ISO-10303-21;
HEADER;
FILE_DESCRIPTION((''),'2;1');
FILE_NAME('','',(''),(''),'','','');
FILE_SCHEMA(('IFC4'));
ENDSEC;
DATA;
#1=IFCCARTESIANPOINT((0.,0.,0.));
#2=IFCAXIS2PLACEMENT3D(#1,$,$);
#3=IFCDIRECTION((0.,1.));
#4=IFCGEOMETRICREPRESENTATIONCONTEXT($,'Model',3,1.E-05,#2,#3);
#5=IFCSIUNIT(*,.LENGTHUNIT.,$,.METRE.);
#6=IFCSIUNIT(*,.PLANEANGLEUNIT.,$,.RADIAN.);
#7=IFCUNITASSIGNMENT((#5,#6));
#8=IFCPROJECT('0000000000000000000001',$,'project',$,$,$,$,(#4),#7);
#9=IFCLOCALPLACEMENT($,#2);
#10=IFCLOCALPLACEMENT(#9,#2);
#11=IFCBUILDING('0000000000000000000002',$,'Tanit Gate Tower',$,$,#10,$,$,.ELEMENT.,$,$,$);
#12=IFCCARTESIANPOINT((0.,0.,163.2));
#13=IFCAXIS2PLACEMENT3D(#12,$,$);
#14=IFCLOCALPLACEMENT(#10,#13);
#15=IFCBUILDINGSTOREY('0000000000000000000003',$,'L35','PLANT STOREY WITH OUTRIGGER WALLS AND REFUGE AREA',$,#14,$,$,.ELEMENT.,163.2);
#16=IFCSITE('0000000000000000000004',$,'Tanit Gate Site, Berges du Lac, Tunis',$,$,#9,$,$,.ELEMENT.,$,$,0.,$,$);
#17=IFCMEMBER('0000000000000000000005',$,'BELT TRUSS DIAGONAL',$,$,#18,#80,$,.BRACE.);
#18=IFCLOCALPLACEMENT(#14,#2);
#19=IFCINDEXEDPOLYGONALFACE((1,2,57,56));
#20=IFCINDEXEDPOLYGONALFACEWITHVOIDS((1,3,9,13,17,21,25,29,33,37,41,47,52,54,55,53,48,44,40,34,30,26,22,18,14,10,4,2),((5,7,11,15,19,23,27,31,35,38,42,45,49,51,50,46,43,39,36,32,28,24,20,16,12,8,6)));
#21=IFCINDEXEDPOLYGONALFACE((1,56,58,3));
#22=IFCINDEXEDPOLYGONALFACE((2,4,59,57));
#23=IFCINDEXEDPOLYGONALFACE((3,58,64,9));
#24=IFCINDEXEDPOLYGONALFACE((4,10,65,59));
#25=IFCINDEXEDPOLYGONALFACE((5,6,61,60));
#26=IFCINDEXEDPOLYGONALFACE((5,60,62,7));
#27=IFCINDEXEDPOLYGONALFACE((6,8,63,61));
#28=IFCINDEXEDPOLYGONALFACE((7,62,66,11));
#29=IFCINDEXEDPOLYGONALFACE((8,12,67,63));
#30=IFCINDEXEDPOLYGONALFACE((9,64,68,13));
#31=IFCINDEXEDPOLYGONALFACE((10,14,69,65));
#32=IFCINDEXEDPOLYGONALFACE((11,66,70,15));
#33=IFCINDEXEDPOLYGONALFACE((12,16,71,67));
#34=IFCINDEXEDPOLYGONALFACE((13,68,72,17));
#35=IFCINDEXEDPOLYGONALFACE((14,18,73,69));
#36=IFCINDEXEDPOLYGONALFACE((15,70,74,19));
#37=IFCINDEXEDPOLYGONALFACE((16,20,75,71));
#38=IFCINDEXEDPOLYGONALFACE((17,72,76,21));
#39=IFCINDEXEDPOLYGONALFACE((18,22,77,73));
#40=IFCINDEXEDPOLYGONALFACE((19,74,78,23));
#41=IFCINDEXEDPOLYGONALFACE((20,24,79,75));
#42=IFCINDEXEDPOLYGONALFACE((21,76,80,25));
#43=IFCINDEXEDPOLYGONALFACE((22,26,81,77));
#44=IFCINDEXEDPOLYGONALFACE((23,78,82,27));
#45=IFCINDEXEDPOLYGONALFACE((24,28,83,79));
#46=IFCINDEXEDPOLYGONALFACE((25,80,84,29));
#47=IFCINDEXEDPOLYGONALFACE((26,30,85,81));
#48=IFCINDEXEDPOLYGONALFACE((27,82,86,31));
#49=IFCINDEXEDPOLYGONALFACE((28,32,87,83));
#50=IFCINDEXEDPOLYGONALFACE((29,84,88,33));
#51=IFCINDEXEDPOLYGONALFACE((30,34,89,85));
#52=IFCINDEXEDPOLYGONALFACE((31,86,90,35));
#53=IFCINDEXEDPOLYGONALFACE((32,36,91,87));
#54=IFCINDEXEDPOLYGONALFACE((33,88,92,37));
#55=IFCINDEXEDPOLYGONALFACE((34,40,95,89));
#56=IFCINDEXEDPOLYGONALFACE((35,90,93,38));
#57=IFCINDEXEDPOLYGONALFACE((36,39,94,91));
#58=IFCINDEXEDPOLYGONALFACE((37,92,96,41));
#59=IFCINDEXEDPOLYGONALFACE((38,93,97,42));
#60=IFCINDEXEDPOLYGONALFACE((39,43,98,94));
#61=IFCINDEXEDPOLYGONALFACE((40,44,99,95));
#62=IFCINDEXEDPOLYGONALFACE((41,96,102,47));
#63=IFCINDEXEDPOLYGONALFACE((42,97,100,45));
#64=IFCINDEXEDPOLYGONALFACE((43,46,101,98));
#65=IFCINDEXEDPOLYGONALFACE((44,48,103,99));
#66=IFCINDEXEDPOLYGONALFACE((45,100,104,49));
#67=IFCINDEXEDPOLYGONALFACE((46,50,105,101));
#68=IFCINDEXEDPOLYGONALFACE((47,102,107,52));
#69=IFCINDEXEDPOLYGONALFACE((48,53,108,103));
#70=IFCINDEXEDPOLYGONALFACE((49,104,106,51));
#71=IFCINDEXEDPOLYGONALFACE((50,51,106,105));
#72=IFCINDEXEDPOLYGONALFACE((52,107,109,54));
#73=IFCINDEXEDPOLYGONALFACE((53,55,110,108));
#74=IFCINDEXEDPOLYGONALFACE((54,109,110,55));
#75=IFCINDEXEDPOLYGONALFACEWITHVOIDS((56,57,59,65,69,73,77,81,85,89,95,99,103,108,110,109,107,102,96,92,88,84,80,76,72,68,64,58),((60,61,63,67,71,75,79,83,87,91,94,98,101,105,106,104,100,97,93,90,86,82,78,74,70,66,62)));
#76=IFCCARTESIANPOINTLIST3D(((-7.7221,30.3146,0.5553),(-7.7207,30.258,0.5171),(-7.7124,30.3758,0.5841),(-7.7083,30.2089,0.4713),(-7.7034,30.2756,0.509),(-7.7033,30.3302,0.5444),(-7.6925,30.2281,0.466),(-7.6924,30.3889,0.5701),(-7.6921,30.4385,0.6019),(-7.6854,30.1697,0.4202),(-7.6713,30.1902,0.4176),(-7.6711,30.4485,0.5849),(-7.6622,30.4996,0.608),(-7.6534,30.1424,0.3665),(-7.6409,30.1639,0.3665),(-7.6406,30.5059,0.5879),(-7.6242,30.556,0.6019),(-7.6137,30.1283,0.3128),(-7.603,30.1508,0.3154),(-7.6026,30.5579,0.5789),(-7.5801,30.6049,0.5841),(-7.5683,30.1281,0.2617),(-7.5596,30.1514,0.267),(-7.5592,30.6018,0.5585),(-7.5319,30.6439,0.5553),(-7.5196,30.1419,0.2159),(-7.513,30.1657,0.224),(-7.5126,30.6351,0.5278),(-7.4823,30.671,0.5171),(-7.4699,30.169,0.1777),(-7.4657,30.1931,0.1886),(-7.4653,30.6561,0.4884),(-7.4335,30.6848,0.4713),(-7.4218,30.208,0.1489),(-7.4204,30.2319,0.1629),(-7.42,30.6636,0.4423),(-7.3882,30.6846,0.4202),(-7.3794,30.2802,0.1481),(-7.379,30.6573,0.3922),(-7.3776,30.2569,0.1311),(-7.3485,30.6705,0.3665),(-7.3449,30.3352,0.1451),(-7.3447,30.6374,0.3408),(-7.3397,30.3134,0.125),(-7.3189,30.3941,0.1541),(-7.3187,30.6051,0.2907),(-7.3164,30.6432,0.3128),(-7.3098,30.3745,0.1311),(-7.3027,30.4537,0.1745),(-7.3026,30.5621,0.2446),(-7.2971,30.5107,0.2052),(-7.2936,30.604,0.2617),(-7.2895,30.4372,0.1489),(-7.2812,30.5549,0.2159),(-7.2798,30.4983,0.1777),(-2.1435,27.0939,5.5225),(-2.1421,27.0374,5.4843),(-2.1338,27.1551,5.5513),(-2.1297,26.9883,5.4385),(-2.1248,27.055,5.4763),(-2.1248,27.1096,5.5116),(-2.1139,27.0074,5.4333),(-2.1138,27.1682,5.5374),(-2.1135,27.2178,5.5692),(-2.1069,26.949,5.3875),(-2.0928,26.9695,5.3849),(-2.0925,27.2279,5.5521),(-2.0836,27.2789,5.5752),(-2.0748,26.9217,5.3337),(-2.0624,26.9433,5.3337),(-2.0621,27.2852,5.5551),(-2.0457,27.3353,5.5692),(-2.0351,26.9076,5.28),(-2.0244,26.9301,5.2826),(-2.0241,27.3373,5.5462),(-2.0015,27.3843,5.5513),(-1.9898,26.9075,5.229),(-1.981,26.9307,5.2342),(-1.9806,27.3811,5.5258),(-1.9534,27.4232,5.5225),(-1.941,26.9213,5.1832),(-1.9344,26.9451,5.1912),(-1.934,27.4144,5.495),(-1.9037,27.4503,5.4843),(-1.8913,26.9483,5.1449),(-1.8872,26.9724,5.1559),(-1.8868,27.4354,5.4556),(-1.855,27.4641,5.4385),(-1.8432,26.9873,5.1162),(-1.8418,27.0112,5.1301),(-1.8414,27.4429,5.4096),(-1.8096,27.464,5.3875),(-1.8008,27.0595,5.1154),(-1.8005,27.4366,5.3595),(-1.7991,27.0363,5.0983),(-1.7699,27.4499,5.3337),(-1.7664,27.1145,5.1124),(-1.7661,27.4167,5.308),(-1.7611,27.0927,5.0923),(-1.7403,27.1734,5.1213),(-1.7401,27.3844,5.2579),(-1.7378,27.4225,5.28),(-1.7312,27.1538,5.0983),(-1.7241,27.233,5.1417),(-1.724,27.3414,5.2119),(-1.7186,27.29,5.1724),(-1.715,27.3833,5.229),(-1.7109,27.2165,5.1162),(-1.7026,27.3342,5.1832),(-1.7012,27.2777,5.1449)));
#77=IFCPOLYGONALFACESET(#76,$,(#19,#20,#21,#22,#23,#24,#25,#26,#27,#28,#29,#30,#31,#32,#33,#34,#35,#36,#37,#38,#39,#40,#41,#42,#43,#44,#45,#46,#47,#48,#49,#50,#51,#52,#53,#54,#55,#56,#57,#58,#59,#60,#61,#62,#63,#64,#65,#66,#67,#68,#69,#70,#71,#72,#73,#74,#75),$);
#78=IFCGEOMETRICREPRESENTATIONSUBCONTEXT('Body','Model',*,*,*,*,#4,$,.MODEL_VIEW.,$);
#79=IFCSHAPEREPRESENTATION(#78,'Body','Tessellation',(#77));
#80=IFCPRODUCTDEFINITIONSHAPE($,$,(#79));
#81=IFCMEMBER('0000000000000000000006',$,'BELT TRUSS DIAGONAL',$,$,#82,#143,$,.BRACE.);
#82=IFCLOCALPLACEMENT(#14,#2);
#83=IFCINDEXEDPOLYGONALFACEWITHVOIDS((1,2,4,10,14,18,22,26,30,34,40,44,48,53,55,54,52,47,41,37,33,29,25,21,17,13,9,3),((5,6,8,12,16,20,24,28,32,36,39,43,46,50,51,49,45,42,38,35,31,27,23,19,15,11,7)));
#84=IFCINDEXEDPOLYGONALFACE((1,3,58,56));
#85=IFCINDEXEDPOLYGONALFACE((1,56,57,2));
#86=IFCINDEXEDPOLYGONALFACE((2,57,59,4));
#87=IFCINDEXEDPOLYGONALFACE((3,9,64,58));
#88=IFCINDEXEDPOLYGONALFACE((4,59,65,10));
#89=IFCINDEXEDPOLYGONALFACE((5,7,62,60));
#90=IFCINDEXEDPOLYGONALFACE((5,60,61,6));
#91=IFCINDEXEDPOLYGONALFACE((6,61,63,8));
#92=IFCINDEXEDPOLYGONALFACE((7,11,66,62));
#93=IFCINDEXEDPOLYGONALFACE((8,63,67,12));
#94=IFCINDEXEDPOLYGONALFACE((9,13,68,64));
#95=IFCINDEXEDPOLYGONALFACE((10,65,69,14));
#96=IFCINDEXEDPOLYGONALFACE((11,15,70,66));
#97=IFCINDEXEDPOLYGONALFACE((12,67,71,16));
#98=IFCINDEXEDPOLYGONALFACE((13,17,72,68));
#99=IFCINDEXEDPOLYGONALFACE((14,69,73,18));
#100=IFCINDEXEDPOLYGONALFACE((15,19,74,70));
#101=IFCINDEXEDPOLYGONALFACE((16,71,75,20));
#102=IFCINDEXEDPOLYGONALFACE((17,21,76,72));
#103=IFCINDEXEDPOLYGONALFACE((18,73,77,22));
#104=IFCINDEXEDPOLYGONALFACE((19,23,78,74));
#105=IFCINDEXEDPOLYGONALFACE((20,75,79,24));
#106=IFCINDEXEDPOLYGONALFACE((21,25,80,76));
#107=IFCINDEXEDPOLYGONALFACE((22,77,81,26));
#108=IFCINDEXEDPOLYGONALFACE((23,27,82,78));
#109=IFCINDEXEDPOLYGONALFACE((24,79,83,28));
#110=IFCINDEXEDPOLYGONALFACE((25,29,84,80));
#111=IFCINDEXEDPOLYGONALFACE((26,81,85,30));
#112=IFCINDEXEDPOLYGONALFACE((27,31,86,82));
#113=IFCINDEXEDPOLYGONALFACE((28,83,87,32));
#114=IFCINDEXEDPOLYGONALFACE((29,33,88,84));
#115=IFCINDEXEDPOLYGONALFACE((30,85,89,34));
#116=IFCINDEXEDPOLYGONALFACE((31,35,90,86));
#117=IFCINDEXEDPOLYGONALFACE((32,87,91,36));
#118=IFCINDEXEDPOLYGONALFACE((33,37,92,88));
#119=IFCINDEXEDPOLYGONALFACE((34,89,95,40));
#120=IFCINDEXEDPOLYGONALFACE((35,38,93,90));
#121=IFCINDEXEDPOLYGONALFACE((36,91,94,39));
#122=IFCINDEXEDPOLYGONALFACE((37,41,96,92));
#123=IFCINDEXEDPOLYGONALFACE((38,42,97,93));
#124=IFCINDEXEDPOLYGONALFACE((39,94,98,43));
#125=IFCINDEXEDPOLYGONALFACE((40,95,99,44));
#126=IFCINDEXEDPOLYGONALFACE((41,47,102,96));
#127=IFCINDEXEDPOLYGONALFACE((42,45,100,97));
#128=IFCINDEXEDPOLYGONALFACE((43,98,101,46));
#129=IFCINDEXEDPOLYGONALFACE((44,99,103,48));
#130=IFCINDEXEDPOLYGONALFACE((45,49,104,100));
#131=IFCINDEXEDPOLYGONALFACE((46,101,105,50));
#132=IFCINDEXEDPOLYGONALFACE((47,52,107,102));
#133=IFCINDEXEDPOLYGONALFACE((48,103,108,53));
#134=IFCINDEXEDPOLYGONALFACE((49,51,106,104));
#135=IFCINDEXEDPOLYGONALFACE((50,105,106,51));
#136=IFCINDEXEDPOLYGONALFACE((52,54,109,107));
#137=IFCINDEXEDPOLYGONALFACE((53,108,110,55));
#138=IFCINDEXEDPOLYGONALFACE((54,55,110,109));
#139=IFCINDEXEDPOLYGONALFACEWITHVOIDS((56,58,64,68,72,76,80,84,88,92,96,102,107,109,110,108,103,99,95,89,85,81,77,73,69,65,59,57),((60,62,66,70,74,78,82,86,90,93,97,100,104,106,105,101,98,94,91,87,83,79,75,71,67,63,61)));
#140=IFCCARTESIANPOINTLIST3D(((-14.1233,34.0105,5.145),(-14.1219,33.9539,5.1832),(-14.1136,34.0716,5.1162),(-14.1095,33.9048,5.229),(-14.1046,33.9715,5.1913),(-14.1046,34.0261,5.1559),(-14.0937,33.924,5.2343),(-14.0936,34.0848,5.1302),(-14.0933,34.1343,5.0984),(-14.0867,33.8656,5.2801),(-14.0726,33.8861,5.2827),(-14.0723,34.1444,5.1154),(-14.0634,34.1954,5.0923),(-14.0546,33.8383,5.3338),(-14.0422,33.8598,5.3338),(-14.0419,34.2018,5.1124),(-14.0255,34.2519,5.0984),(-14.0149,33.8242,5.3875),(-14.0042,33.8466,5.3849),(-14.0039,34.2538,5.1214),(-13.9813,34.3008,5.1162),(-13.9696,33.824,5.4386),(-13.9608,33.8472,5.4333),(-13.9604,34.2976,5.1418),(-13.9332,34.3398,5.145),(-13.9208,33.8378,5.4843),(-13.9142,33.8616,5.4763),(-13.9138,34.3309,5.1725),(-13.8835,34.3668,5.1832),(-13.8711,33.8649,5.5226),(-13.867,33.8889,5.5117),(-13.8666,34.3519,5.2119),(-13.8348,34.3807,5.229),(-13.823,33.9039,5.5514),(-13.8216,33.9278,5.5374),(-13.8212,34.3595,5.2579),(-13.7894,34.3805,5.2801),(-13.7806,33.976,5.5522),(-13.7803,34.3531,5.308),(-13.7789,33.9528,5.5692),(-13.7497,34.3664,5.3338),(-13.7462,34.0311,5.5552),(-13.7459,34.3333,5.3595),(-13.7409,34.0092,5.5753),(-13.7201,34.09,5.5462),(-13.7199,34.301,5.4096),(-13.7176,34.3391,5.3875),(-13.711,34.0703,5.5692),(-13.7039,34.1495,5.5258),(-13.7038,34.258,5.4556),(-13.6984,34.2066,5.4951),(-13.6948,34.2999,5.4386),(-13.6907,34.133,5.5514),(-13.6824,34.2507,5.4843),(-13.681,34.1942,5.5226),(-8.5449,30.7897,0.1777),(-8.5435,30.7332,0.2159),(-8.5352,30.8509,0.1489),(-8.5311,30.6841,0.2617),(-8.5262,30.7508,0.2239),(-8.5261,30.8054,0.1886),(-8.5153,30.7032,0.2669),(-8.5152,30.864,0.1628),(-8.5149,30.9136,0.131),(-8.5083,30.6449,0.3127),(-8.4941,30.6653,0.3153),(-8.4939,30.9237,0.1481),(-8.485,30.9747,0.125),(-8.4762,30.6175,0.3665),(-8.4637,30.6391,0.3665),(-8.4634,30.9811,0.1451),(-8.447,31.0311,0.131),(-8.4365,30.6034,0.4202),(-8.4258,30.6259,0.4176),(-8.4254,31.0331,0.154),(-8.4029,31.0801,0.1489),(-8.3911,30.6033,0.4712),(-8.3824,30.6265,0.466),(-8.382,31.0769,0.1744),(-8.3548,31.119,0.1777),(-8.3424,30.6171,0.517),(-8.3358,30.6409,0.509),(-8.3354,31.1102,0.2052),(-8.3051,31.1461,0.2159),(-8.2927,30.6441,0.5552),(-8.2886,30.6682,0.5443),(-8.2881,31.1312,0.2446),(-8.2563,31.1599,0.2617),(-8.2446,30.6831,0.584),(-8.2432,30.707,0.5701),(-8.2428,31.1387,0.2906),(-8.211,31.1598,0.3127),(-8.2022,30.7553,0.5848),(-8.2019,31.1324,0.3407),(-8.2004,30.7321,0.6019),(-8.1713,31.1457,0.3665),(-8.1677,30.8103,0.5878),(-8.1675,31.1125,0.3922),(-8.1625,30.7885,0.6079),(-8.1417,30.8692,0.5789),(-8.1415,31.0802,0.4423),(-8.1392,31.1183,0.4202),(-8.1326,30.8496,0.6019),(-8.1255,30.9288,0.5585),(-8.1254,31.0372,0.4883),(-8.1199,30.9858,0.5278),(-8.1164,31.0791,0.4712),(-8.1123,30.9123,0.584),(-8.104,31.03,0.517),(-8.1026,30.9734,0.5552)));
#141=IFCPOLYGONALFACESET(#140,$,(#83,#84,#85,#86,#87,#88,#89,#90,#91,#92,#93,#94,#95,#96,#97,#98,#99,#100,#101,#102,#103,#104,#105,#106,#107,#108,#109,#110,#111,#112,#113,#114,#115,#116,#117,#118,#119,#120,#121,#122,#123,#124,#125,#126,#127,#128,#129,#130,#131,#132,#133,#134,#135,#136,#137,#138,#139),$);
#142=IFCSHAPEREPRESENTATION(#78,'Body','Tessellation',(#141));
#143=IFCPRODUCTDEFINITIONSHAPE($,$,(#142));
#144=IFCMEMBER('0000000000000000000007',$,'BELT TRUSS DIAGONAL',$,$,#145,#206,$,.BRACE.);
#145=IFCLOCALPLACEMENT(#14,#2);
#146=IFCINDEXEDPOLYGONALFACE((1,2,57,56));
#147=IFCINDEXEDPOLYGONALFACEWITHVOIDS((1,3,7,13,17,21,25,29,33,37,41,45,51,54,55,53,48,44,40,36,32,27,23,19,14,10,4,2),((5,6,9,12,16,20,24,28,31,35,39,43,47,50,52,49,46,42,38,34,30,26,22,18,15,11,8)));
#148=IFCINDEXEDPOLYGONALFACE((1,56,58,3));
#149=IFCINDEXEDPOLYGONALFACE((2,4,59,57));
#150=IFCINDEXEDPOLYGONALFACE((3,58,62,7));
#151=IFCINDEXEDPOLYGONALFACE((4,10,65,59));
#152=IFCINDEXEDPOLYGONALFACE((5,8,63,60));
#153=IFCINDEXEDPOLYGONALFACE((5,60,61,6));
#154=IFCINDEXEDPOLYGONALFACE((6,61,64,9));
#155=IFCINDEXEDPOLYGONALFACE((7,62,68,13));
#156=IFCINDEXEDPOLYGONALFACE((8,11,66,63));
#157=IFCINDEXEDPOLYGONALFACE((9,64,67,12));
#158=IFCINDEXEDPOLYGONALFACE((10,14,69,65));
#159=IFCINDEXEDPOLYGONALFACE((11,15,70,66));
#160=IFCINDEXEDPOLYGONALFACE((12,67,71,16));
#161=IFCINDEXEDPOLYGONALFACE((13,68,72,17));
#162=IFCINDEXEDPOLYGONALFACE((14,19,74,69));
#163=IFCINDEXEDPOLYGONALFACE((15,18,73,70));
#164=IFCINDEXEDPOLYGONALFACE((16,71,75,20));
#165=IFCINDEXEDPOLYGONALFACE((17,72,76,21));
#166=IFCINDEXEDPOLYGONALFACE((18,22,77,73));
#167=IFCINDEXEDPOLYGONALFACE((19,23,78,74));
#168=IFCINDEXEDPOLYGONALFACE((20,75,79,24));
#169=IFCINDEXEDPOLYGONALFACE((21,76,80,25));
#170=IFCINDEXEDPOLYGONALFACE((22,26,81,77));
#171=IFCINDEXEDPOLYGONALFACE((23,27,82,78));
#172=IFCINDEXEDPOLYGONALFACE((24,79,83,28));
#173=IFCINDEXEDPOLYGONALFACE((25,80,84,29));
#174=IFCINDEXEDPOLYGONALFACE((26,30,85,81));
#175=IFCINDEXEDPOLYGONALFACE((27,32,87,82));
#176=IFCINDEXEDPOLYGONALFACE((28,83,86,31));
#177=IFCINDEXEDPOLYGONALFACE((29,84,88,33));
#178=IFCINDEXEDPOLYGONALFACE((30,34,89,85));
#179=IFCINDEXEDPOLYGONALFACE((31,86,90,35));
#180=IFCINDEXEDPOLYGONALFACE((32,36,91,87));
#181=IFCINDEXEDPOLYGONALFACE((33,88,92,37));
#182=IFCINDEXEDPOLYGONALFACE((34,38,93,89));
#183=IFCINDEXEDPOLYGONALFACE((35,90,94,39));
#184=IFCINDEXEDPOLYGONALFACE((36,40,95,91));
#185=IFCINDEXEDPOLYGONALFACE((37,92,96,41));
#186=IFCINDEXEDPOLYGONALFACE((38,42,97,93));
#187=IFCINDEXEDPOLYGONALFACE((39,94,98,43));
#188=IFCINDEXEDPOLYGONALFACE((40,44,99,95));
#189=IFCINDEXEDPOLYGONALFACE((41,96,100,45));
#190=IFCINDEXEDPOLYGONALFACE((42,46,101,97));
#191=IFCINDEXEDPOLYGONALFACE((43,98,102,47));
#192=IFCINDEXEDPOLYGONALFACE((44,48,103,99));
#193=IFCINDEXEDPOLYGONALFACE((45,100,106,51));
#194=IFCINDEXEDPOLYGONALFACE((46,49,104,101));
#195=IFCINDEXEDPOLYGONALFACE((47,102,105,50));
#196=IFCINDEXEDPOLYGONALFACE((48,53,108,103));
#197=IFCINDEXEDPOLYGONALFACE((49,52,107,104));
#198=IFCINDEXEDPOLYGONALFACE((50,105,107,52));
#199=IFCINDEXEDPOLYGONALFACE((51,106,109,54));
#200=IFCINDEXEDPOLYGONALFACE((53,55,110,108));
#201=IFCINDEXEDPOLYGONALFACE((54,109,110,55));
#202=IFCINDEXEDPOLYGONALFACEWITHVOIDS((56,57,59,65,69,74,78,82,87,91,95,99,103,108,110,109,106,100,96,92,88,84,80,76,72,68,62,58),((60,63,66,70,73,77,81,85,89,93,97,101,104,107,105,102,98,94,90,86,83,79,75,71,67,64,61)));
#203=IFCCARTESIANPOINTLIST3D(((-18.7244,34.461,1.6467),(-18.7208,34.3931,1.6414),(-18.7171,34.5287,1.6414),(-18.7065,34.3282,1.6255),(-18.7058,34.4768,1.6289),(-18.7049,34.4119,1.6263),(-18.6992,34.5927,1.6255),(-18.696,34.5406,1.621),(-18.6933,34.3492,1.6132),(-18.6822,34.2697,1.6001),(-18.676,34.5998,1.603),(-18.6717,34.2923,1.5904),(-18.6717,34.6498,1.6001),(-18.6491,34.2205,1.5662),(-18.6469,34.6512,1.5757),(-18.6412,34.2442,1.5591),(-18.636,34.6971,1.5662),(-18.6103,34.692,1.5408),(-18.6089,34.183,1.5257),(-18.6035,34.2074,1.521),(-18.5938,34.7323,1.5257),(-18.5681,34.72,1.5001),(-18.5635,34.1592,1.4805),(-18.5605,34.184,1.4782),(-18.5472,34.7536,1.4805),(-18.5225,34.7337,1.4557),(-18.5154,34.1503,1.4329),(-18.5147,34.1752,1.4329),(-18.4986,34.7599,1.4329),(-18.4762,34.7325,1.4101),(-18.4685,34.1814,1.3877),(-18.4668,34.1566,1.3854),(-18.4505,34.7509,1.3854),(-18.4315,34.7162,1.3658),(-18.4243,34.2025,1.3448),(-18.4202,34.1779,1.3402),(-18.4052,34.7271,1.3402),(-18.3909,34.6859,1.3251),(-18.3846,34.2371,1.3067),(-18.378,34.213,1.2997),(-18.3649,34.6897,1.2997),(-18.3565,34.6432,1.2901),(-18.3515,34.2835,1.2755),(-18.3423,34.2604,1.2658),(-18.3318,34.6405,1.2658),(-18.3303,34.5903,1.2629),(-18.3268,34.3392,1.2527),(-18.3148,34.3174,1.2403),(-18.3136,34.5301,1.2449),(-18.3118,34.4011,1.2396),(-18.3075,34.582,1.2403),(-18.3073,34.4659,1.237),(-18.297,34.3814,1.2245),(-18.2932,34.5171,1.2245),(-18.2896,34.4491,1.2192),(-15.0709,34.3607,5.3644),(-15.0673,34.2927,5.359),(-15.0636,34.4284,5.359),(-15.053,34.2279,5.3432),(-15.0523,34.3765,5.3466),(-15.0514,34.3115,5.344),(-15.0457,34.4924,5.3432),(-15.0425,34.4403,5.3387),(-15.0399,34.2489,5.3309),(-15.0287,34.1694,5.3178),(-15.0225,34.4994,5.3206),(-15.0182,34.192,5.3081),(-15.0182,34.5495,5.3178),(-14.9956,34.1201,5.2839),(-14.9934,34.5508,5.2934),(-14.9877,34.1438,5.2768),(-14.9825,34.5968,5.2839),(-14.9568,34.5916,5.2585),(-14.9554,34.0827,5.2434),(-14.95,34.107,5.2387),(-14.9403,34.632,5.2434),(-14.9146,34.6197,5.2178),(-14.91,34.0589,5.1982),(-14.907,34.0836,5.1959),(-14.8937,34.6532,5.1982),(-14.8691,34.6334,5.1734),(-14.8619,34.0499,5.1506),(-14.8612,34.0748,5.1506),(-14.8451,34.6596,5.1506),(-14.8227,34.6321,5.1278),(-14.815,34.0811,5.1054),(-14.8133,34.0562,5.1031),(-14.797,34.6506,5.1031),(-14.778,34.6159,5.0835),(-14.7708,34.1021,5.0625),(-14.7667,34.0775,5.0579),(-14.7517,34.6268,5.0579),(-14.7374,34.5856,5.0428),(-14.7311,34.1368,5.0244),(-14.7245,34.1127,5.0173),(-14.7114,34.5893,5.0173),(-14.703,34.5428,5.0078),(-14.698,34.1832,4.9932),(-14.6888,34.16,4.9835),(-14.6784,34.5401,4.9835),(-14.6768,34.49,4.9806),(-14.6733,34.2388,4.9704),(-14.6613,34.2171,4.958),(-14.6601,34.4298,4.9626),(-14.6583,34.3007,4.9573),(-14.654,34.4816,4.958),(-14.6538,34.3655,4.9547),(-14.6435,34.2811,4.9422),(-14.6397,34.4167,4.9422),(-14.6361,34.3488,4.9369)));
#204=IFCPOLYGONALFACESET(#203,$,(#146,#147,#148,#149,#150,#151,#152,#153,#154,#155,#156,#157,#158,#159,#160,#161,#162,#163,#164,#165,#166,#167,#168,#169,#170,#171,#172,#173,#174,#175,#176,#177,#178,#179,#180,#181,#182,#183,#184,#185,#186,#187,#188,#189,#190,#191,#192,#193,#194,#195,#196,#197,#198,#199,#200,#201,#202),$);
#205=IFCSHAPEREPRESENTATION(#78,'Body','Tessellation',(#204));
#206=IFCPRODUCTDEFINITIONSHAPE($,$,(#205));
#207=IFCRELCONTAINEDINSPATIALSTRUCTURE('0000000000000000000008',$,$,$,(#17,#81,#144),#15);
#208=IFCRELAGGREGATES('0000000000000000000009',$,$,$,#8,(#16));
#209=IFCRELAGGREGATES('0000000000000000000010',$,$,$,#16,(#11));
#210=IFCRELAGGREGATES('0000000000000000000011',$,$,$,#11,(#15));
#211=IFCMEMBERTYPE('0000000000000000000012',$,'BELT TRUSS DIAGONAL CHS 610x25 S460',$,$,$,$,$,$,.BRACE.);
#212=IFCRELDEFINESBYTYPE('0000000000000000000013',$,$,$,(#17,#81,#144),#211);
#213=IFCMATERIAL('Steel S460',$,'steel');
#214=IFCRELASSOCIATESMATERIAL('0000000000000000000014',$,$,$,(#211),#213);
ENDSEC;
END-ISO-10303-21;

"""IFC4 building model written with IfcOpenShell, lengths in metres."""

from ifc_helpers import new_model, si_unit, direction, frame, origin, origin_2d, place, context, subcontext, project, spatial, hollow_circle, extrude, material, material_profile, profile_set, type_object, element, save


model = new_model("IFC4")

# Units and contexts
model_context = context("Model", 3, precision=1e-05, world=origin(), true_north=direction((0.0, 1.0)))
body_context = subcontext(model_context, "Body", "Model", "MODEL_VIEW")
ifc_project = project(units=[si_unit("LENGTHUNIT", "METRE"), si_unit("PLANEANGLEUNIT", "RADIAN")], contexts=[model_context])

# Site, building, storey
site_placement = place(None, origin())
site = spatial("IfcSite", under=ifc_project, at=site_placement, Name="Tanit Gate Site, Berges du Lac, Tunis", CompositionType="ELEMENT", RefElevation=0.0)
building_placement = place(site_placement, origin())
building = spatial("IfcBuilding", under=site, at=building_placement, Name="Tanit Gate Tower", CompositionType="ELEMENT")
storey_placement = place(building_placement, frame((0.0, 0.0, 163.2)))
storey = spatial("IfcBuildingStorey", under=building, at=storey_placement, Name="L35", Description="PLANT STOREY WITH OUTRIGGER WALLS AND REFUGE AREA", CompositionType="ELEMENT", Elevation=163.2)

# Members
ifc_material_1 = material(Name="Steel S460", Category="steel")
ifc_material_profile_1 = material_profile(ifc_material_1, hollow_circle(Radius=0.3049, WallThickness=0.0249, at=origin_2d()), Name="CHS 610x25")
ifc_profile_set_1 = profile_set([ifc_material_profile_1], Name="Steel S460")
member_type = type_object("IfcMemberType", Name="BELT TRUSS DIAGONAL CHS 610x25 S460", PredefinedType="BRACE", material=ifc_profile_set_1)
for number, where, z_axis, x_axis, name in (
    (1, (-1.9224, 27.1858, 5.3337), (-0.685809, 0.395938, -0.610655), (-0.499987, -0.866033, 0.0), "BELT TRUSS DIAGONAL"),
    (2, (-8.3237, 30.8816, 0.3665), (-0.685793, 0.395946, 0.610667), (-0.500004, -0.866023, 0.0), "BELT TRUSS DIAGONAL"),
):
    element("IfcMember", number, at=place(storey_placement, frame(where, z_axis=z_axis, x_axis=x_axis)), inside=storey, type_object=member_type, Name=name, PredefinedType="BRACE", context=body_context, shape_type="SweptSolid", body=[
        extrude(hollow_circle(Radius=0.3049, WallThickness=0.0249, at=origin_2d()), origin(), (0.0, 0.0, 1.0), 8.1343),
    ])
member_placement = place(storey_placement, frame((-14.8535, 34.3547, 5.1506), z_axis=(-0.700791, 0.019247, -0.713107), x_axis=(-0.027454, -0.999623, 0.0)))
element("IfcMember", 3, at=member_placement, inside=storey, type_object=member_type, Name="BELT TRUSS DIAGONAL", PredefinedType="BRACE", context=body_context, shape_type="SweptSolid", body=[
    extrude(hollow_circle(Radius=0.3049, WallThickness=0.0249, at=origin_2d()), origin(), (0.0, 0.0, 1.0), 5.2134),
])

save(model, "model.ifc")
